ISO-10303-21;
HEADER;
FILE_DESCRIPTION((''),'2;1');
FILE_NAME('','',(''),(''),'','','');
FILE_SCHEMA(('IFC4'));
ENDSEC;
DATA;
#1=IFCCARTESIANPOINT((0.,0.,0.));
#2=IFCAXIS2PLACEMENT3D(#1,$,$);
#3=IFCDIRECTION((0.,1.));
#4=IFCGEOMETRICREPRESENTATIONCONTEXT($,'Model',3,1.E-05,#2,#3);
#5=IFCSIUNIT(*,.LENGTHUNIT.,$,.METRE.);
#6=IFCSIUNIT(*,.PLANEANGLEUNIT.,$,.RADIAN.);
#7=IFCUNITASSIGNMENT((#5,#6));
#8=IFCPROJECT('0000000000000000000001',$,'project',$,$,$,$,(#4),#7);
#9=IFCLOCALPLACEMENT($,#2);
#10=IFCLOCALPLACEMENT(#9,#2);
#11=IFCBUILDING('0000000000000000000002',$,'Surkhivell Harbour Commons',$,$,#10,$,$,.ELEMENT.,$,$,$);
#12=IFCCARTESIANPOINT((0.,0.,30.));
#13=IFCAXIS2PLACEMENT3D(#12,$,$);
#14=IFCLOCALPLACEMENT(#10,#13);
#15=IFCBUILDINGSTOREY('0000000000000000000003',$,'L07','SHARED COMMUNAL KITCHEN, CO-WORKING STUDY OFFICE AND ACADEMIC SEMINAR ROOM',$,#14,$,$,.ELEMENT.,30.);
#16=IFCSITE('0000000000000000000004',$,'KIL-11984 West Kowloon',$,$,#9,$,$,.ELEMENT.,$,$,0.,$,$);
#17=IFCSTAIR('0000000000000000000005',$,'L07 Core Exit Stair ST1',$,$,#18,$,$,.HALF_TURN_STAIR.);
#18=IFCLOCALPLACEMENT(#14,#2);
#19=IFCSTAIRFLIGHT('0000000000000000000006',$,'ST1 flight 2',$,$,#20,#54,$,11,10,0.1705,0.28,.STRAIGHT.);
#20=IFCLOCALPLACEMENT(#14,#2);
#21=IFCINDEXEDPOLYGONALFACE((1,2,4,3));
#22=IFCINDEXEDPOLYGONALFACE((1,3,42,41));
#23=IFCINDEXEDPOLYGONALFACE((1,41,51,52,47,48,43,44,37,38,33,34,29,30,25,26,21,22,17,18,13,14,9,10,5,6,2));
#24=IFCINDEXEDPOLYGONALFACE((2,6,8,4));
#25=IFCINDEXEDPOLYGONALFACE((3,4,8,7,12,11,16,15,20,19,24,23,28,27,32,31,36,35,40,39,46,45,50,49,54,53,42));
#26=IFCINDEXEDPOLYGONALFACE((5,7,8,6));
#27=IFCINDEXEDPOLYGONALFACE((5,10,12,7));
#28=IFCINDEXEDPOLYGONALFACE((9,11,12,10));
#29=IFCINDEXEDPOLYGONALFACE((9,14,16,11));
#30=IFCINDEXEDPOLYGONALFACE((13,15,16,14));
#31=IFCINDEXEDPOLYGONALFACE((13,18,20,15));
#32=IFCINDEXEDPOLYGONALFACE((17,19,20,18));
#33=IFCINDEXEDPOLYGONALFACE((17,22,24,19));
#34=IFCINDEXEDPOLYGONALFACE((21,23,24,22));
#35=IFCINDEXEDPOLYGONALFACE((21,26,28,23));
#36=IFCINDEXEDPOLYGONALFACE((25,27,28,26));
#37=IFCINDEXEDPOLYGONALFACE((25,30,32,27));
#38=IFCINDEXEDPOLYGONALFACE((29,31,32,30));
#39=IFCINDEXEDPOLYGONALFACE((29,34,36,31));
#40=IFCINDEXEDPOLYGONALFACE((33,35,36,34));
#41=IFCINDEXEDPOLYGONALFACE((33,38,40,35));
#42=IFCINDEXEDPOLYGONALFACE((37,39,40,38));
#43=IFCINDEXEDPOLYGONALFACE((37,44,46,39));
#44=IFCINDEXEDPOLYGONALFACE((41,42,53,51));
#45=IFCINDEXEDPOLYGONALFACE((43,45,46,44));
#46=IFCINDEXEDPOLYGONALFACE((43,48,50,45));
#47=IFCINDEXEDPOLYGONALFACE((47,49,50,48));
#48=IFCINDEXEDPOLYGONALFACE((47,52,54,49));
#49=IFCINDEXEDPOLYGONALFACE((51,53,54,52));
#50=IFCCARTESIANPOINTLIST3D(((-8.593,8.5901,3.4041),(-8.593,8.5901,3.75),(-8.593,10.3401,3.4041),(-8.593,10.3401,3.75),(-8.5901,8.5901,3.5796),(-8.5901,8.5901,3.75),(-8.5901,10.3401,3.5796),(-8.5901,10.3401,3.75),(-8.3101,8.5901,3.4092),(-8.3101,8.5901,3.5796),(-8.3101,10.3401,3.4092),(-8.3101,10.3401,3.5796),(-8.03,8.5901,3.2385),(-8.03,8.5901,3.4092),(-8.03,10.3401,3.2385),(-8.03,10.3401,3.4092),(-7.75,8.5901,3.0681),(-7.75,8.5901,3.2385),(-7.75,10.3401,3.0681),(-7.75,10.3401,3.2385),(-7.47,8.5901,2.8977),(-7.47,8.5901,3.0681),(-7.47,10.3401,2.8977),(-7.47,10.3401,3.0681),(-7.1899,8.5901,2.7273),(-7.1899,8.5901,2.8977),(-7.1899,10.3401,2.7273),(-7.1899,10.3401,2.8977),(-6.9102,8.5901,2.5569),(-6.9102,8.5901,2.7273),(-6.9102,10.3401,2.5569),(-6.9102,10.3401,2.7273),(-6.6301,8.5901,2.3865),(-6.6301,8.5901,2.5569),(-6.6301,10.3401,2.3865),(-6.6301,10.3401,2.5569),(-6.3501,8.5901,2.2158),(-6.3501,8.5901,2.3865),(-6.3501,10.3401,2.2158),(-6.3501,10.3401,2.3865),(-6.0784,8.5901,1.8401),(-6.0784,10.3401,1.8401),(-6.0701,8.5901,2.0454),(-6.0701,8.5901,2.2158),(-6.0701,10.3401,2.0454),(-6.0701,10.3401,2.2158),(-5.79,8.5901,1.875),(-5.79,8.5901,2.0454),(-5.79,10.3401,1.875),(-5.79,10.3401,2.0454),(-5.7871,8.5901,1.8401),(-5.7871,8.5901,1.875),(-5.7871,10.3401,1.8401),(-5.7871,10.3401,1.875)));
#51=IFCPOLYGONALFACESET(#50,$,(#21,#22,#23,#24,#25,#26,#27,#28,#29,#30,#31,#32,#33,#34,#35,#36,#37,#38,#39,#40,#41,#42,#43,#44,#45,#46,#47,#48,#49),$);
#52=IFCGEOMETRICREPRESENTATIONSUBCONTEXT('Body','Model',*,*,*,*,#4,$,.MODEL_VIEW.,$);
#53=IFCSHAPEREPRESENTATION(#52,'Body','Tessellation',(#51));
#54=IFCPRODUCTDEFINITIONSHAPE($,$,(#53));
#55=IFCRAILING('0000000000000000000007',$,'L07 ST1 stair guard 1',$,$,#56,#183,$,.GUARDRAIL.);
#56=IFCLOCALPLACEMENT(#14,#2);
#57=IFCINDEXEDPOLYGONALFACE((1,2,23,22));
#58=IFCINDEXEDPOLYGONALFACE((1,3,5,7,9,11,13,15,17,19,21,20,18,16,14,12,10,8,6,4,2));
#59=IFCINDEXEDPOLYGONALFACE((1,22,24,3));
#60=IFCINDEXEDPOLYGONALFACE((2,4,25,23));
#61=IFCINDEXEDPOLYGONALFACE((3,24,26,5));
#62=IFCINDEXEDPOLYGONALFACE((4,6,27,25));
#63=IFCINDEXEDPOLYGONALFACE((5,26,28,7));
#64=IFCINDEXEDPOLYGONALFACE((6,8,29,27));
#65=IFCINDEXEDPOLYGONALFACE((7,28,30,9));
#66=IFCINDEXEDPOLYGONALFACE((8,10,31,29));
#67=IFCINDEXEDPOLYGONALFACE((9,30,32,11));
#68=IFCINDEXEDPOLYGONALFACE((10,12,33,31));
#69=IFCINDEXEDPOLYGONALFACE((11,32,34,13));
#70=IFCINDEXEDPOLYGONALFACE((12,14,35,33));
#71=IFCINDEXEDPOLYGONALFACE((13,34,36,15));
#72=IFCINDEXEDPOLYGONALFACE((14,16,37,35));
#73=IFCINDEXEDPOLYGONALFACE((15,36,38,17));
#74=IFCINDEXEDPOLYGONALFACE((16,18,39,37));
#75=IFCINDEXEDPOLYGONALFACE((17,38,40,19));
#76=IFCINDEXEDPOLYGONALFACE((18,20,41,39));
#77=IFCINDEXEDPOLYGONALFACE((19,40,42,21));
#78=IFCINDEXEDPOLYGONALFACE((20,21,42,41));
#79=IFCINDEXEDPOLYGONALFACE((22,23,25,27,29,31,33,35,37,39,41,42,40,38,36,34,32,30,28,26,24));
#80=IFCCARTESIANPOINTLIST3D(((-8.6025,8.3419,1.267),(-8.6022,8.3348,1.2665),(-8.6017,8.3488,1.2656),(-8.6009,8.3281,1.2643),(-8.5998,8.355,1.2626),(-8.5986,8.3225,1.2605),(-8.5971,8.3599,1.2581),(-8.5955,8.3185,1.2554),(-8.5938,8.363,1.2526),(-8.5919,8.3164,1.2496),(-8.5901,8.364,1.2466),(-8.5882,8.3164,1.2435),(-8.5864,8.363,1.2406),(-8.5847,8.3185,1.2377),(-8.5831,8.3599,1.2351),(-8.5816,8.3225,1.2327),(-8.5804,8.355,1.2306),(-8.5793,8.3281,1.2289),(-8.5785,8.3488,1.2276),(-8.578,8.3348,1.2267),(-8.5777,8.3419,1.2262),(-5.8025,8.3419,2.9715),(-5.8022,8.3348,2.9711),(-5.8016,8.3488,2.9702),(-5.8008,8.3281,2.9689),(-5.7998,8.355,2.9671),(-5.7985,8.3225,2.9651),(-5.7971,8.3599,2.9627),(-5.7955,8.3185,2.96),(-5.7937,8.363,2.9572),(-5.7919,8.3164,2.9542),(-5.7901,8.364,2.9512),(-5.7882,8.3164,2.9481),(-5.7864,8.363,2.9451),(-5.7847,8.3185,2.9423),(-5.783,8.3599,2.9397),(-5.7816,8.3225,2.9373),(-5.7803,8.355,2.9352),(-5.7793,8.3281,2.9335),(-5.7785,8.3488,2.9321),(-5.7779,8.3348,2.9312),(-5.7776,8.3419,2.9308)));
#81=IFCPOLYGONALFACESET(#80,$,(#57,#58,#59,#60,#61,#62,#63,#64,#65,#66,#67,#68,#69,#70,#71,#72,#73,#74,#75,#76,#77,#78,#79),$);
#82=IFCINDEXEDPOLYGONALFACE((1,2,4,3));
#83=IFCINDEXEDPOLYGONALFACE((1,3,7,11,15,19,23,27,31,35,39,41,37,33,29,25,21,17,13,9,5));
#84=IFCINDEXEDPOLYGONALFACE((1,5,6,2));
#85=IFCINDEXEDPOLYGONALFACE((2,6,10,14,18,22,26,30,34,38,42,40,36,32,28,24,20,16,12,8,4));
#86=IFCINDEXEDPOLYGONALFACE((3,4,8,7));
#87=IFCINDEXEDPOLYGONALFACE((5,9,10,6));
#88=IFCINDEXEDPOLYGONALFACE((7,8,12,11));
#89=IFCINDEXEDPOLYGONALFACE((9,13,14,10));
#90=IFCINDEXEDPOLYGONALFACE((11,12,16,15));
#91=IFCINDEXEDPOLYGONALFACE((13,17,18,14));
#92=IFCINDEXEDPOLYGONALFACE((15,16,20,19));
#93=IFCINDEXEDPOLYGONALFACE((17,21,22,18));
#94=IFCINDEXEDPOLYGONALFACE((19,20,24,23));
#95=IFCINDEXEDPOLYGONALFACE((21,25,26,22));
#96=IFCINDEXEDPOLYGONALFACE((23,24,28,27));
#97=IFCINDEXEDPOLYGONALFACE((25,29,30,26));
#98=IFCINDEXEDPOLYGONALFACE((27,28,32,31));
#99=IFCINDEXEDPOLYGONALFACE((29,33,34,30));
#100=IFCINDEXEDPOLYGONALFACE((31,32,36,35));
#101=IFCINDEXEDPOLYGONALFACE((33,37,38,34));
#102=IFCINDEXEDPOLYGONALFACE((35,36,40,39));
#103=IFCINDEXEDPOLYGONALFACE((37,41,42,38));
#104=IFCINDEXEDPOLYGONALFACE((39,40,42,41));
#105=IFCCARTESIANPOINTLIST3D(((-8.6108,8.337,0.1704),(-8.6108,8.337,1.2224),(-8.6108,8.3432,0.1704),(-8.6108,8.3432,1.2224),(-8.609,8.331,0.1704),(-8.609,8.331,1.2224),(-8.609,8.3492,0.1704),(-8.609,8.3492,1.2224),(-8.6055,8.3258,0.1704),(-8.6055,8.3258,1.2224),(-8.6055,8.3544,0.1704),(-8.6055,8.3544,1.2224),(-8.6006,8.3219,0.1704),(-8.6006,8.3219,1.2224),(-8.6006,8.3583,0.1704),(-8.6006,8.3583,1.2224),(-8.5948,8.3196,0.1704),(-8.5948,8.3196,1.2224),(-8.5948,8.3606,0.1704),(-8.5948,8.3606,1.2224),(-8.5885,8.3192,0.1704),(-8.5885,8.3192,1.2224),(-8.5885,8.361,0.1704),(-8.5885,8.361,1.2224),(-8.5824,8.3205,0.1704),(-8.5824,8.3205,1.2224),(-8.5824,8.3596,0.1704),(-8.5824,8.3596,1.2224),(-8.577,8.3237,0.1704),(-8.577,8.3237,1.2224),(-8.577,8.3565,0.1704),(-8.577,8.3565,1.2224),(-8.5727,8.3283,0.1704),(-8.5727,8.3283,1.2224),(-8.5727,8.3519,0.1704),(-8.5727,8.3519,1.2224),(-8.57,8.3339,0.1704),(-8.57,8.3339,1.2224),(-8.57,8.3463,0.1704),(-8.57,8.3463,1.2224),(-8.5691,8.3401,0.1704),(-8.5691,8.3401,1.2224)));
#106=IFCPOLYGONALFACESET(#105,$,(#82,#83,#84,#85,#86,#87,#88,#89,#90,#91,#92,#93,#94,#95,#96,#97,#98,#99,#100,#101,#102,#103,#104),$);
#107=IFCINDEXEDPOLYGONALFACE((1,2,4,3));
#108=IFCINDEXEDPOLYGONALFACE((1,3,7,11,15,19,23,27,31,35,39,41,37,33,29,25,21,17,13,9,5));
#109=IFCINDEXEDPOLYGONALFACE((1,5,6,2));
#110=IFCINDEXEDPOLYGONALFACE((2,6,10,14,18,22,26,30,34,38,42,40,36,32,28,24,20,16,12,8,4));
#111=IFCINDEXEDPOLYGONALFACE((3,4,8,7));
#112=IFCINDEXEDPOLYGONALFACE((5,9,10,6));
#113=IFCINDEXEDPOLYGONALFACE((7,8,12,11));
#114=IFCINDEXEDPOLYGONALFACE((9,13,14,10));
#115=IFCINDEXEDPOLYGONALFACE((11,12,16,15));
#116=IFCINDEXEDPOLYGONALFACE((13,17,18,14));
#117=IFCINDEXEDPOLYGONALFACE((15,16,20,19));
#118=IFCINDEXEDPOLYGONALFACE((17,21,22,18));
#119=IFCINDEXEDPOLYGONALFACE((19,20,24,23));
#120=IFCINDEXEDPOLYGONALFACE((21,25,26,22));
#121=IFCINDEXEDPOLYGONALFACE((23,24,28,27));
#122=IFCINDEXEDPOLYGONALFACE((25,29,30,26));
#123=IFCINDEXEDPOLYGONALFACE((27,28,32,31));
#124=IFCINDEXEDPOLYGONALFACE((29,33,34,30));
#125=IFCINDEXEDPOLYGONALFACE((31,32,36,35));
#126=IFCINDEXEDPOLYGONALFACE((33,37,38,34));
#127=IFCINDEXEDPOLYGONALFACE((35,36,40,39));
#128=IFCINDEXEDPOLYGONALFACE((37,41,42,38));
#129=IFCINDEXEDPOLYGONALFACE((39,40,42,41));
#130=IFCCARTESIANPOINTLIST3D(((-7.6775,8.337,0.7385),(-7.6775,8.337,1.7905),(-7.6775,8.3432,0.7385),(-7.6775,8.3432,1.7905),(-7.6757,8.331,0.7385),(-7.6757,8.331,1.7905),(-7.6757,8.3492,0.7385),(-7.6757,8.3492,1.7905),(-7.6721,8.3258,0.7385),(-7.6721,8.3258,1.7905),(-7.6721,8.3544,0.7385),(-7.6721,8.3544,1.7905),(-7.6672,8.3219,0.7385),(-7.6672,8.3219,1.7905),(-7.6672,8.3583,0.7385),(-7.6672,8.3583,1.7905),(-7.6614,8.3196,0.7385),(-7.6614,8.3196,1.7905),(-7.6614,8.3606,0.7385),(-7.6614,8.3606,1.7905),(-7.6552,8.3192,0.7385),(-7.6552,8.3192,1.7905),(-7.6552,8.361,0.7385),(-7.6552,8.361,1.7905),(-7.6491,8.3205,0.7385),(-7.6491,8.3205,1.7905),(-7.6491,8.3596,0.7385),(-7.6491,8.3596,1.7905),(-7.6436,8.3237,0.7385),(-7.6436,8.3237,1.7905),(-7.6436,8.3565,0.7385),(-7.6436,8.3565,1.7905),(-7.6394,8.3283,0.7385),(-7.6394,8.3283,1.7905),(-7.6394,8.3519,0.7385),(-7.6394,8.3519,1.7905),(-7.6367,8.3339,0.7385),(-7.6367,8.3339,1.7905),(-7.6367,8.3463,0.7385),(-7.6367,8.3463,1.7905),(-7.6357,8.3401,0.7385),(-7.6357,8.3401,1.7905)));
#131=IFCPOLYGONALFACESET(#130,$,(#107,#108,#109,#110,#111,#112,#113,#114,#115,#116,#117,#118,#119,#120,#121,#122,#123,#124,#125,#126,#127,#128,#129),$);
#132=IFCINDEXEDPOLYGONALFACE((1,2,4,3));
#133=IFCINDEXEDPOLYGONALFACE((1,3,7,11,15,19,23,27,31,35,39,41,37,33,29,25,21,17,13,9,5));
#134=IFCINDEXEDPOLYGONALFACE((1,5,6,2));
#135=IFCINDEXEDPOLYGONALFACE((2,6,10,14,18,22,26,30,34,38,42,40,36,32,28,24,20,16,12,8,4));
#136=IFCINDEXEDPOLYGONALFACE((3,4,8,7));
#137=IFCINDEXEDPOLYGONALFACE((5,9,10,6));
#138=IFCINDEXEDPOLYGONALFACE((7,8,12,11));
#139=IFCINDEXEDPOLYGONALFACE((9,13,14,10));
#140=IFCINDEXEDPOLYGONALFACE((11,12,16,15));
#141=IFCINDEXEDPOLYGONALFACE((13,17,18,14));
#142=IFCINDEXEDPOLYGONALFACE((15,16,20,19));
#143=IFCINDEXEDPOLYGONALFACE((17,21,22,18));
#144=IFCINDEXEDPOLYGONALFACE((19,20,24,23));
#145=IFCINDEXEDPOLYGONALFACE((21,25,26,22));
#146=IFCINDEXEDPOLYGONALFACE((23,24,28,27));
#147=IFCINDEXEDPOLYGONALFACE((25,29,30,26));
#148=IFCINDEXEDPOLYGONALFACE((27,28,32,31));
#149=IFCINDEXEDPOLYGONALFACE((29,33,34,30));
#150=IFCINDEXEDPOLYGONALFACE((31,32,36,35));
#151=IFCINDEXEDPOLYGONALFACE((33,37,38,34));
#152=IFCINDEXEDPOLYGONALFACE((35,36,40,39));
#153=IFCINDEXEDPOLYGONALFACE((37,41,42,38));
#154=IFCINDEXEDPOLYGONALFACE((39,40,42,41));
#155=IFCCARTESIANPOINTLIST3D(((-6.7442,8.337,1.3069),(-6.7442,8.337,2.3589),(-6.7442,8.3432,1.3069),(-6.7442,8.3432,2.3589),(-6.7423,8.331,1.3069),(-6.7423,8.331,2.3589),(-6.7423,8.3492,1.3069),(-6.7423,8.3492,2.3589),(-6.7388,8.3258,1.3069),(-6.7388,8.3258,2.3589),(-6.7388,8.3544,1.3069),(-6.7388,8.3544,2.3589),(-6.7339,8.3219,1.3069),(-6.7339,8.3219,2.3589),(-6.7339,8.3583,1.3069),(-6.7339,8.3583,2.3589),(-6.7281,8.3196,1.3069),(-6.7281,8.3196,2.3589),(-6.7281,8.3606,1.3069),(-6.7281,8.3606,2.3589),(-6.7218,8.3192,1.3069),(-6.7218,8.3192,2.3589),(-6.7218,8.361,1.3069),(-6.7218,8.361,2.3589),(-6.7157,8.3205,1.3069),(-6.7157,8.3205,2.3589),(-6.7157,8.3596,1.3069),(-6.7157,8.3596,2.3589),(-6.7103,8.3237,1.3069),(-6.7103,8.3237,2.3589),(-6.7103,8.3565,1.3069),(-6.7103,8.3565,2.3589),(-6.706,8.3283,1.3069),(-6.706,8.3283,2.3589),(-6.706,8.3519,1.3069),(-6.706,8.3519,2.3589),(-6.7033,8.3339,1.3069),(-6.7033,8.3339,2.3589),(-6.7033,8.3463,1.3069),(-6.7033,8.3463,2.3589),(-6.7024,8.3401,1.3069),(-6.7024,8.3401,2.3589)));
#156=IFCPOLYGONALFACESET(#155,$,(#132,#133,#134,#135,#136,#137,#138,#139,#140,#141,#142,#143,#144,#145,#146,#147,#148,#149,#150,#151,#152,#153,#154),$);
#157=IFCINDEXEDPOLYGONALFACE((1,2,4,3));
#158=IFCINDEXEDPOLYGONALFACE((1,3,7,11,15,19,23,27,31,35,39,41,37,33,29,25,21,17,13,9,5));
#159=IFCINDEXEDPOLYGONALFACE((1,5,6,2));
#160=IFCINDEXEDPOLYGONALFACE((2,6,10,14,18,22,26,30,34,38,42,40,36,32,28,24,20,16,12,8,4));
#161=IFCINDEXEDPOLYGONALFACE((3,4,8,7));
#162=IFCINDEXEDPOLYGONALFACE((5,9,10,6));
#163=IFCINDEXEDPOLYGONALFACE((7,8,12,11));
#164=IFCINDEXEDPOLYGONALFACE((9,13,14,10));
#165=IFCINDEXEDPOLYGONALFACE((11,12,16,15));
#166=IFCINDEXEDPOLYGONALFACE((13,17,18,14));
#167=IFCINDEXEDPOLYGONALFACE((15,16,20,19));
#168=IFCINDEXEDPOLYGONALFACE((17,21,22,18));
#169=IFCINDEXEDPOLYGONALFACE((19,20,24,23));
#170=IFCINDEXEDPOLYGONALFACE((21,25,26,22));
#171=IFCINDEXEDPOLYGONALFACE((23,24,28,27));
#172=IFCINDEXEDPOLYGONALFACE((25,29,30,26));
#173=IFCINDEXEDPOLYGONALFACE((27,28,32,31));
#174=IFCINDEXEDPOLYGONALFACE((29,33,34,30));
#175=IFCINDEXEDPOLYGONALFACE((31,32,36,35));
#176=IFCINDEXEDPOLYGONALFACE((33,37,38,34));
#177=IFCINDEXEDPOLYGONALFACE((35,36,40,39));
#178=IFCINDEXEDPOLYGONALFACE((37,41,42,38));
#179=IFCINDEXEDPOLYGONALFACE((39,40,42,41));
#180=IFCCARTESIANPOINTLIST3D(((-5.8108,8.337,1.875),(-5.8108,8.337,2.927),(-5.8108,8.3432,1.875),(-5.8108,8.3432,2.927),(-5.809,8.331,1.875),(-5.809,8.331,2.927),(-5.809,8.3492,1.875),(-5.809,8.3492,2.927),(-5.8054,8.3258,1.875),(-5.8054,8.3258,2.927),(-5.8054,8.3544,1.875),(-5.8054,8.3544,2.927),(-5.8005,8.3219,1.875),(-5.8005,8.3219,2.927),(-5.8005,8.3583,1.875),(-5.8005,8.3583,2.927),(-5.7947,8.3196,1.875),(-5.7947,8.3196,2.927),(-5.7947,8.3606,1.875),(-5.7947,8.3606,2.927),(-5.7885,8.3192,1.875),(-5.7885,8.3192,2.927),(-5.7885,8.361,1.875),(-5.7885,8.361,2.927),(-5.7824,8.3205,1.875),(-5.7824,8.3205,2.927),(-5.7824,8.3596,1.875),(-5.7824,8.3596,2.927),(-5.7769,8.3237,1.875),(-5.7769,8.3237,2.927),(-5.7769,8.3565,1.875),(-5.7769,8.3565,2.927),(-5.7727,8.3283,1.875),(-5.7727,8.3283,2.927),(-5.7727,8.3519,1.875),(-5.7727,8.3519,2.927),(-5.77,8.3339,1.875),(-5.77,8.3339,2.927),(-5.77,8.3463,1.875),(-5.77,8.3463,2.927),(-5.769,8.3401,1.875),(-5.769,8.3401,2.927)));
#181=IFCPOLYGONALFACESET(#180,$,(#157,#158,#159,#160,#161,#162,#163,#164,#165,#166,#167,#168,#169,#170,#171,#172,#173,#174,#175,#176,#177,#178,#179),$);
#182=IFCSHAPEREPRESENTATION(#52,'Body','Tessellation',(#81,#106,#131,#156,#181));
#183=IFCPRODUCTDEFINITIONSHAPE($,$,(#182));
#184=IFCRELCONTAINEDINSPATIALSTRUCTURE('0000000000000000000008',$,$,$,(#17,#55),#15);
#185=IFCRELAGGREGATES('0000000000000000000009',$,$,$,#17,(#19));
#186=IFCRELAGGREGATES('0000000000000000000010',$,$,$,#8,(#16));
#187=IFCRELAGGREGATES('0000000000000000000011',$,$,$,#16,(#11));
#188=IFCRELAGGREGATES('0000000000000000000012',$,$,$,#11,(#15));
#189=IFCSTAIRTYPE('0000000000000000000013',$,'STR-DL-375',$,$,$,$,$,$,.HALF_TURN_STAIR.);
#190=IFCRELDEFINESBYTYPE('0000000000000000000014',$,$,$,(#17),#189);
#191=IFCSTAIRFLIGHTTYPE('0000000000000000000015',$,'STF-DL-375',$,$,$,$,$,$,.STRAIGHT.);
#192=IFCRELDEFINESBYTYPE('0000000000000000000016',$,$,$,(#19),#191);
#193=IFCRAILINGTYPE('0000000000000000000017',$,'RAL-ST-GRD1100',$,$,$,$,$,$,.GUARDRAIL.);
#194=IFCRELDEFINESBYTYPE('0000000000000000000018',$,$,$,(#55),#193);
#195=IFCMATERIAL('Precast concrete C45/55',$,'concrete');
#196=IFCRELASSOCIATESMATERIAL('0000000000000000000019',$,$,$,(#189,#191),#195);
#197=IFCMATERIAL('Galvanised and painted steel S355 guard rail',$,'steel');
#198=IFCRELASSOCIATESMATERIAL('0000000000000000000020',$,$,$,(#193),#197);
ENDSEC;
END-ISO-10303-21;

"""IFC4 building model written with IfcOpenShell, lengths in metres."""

from ifc_helpers import new_model, si_unit, direction, frame, origin, origin_2d, place, context, subcontext, project, spatial, polyline, circle, outline, extrude, material, type_object, element, aggregate, save


model = new_model("IFC4")

# Units and contexts
model_context = context("Model", 3, precision=1e-05, world=origin(), true_north=direction((0.0, 1.0)))
body_context = subcontext(model_context, "Body", "Model", "MODEL_VIEW")
ifc_project = project(units=[si_unit("LENGTHUNIT", "METRE"), si_unit("PLANEANGLEUNIT", "RADIAN")], contexts=[model_context])

# Site, building, storey
site_placement = place(None, origin())
site = spatial("IfcSite", under=ifc_project, at=site_placement, Name="KIL-11984 West Kowloon", CompositionType="ELEMENT", RefElevation=0.0)
building_placement = place(site_placement, origin())
building = spatial("IfcBuilding", under=site, at=building_placement, Name="Surkhivell Harbour Commons", CompositionType="ELEMENT")
storey_placement = place(building_placement, frame((0.0, 0.0, 30.0)))
storey = spatial("IfcBuildingStorey", under=building, at=storey_placement, Name="L07", Description="SHARED COMMUNAL KITCHEN, CO-WORKING STUDY OFFICE AND ACADEMIC SEMINAR ROOM", CompositionType="ELEMENT", Elevation=30.0)

# Stair, stair flight
ifc_material_1 = material(Name="Precast concrete C45/55", Category="concrete")
stair_type = type_object("IfcStairType", Name="STR-DL-375", PredefinedType="HALF_TURN_STAIR", material=ifc_material_1)
stair_placement = place(storey_placement, origin())
stair = element("IfcStair", 1, at=stair_placement, inside=storey, type_object=stair_type, Name="L07 Core Exit Stair ST1", PredefinedType="HALF_TURN_STAIR")
stair_flight_type = type_object("IfcStairFlightType", Name="STF-DL-375", PredefinedType="STRAIGHT", material=ifc_material_1)
stair_flight_1_placement = place(storey_placement, frame((-5.79, 9.4651, 1.875), z_axis=(0.0, 0.0, 1.0), x_axis=(-1.0, 0.0, 0.0)))
stair_flight_1 = element("IfcStairFlight", 2, at=stair_flight_1_placement, type_object=stair_flight_type, Name="ST1 flight 2", NumberOfRisers=11, NumberOfTreads=10, PredefinedType="STRAIGHT", RiserHeight=0.1705, TreadLength=0.28, context=body_context, shape_type="SweptSolid", body=[
    extrude(outline(polyline([(-0.0029, -0.0349), (-0.0029, 0.0), (0.0, 0.0), (0.0, 0.1704), (0.28, 0.1704), (0.28, 0.3408), (0.5601, 0.3408), (0.5601, 0.5115), (0.8401, 0.5115), (0.8401, 0.6819), (1.1201, 0.6819), (1.1201, 0.8523), (1.3999, 0.8523), (1.3999, 1.0227), (1.6799, 1.0227), (1.6799, 1.1931), (1.96, 1.1931), (1.96, 1.3635), (2.24, 1.3635), (2.24, 1.5342), (2.52, 1.5342), (2.52, 1.7046), (2.8, 1.7046), (2.8, 1.875), (2.803, 1.875), (2.803, 1.5291), (0.2883, -0.0349), (-0.0029, -0.0349)])), frame((0.0, 0.875, 0.0), z_axis=(0.0, -1.0, 0.0), x_axis=(1.0, 0.0, 0.0)), (0.0, 0.0, 1.0), 1.75),
])
aggregate(stair, [stair_flight_1])

# Railing
ifc_material_2 = material(Name="Galvanised and painted steel S355 guard rail", Category="steel")
railing_type_1 = type_object("IfcRailingType", Name="RAL-ST-GRD1100", PredefinedType="GUARDRAIL", material=ifc_material_2)
railing_1_placement = place(storey_placement, frame((-8.5901, 8.3401, 0.1704)))
element("IfcRailing", 3, at=railing_1_placement, inside=storey, type_object=railing_type_1, Name="L07 ST1 stair guard 1", PredefinedType="GUARDRAIL", context=body_context, shape_type="SweptSolid", body=[
    extrude(circle(Radius=0.0239, at=origin_2d()), frame((0.0, 0.0, 1.0762), z_axis=(0.85417, 0.0, 0.519994), x_axis=(0.0, 1.0, 0.0)), (0.0, 0.0, 1.0), 3.2781),
    extrude(circle(Radius=0.021, at=origin_2d()), origin(), (0.0, 0.0, 1.0), 1.052),
    extrude(circle(Radius=0.021, at=origin_2d()), frame((0.9333, 0.0, 0.5681)), (0.0, 0.0, 1.0), 1.052),
    extrude(circle(Radius=0.021, at=origin_2d()), frame((1.8667, 0.0, 1.1365)), (0.0, 0.0, 1.0), 1.052),
    extrude(circle(Radius=0.021, at=origin_2d()), frame((2.8, 0.0, 1.7046)), (0.0, 0.0, 1.0), 1.052),
])

save(model, "model.ifc")
